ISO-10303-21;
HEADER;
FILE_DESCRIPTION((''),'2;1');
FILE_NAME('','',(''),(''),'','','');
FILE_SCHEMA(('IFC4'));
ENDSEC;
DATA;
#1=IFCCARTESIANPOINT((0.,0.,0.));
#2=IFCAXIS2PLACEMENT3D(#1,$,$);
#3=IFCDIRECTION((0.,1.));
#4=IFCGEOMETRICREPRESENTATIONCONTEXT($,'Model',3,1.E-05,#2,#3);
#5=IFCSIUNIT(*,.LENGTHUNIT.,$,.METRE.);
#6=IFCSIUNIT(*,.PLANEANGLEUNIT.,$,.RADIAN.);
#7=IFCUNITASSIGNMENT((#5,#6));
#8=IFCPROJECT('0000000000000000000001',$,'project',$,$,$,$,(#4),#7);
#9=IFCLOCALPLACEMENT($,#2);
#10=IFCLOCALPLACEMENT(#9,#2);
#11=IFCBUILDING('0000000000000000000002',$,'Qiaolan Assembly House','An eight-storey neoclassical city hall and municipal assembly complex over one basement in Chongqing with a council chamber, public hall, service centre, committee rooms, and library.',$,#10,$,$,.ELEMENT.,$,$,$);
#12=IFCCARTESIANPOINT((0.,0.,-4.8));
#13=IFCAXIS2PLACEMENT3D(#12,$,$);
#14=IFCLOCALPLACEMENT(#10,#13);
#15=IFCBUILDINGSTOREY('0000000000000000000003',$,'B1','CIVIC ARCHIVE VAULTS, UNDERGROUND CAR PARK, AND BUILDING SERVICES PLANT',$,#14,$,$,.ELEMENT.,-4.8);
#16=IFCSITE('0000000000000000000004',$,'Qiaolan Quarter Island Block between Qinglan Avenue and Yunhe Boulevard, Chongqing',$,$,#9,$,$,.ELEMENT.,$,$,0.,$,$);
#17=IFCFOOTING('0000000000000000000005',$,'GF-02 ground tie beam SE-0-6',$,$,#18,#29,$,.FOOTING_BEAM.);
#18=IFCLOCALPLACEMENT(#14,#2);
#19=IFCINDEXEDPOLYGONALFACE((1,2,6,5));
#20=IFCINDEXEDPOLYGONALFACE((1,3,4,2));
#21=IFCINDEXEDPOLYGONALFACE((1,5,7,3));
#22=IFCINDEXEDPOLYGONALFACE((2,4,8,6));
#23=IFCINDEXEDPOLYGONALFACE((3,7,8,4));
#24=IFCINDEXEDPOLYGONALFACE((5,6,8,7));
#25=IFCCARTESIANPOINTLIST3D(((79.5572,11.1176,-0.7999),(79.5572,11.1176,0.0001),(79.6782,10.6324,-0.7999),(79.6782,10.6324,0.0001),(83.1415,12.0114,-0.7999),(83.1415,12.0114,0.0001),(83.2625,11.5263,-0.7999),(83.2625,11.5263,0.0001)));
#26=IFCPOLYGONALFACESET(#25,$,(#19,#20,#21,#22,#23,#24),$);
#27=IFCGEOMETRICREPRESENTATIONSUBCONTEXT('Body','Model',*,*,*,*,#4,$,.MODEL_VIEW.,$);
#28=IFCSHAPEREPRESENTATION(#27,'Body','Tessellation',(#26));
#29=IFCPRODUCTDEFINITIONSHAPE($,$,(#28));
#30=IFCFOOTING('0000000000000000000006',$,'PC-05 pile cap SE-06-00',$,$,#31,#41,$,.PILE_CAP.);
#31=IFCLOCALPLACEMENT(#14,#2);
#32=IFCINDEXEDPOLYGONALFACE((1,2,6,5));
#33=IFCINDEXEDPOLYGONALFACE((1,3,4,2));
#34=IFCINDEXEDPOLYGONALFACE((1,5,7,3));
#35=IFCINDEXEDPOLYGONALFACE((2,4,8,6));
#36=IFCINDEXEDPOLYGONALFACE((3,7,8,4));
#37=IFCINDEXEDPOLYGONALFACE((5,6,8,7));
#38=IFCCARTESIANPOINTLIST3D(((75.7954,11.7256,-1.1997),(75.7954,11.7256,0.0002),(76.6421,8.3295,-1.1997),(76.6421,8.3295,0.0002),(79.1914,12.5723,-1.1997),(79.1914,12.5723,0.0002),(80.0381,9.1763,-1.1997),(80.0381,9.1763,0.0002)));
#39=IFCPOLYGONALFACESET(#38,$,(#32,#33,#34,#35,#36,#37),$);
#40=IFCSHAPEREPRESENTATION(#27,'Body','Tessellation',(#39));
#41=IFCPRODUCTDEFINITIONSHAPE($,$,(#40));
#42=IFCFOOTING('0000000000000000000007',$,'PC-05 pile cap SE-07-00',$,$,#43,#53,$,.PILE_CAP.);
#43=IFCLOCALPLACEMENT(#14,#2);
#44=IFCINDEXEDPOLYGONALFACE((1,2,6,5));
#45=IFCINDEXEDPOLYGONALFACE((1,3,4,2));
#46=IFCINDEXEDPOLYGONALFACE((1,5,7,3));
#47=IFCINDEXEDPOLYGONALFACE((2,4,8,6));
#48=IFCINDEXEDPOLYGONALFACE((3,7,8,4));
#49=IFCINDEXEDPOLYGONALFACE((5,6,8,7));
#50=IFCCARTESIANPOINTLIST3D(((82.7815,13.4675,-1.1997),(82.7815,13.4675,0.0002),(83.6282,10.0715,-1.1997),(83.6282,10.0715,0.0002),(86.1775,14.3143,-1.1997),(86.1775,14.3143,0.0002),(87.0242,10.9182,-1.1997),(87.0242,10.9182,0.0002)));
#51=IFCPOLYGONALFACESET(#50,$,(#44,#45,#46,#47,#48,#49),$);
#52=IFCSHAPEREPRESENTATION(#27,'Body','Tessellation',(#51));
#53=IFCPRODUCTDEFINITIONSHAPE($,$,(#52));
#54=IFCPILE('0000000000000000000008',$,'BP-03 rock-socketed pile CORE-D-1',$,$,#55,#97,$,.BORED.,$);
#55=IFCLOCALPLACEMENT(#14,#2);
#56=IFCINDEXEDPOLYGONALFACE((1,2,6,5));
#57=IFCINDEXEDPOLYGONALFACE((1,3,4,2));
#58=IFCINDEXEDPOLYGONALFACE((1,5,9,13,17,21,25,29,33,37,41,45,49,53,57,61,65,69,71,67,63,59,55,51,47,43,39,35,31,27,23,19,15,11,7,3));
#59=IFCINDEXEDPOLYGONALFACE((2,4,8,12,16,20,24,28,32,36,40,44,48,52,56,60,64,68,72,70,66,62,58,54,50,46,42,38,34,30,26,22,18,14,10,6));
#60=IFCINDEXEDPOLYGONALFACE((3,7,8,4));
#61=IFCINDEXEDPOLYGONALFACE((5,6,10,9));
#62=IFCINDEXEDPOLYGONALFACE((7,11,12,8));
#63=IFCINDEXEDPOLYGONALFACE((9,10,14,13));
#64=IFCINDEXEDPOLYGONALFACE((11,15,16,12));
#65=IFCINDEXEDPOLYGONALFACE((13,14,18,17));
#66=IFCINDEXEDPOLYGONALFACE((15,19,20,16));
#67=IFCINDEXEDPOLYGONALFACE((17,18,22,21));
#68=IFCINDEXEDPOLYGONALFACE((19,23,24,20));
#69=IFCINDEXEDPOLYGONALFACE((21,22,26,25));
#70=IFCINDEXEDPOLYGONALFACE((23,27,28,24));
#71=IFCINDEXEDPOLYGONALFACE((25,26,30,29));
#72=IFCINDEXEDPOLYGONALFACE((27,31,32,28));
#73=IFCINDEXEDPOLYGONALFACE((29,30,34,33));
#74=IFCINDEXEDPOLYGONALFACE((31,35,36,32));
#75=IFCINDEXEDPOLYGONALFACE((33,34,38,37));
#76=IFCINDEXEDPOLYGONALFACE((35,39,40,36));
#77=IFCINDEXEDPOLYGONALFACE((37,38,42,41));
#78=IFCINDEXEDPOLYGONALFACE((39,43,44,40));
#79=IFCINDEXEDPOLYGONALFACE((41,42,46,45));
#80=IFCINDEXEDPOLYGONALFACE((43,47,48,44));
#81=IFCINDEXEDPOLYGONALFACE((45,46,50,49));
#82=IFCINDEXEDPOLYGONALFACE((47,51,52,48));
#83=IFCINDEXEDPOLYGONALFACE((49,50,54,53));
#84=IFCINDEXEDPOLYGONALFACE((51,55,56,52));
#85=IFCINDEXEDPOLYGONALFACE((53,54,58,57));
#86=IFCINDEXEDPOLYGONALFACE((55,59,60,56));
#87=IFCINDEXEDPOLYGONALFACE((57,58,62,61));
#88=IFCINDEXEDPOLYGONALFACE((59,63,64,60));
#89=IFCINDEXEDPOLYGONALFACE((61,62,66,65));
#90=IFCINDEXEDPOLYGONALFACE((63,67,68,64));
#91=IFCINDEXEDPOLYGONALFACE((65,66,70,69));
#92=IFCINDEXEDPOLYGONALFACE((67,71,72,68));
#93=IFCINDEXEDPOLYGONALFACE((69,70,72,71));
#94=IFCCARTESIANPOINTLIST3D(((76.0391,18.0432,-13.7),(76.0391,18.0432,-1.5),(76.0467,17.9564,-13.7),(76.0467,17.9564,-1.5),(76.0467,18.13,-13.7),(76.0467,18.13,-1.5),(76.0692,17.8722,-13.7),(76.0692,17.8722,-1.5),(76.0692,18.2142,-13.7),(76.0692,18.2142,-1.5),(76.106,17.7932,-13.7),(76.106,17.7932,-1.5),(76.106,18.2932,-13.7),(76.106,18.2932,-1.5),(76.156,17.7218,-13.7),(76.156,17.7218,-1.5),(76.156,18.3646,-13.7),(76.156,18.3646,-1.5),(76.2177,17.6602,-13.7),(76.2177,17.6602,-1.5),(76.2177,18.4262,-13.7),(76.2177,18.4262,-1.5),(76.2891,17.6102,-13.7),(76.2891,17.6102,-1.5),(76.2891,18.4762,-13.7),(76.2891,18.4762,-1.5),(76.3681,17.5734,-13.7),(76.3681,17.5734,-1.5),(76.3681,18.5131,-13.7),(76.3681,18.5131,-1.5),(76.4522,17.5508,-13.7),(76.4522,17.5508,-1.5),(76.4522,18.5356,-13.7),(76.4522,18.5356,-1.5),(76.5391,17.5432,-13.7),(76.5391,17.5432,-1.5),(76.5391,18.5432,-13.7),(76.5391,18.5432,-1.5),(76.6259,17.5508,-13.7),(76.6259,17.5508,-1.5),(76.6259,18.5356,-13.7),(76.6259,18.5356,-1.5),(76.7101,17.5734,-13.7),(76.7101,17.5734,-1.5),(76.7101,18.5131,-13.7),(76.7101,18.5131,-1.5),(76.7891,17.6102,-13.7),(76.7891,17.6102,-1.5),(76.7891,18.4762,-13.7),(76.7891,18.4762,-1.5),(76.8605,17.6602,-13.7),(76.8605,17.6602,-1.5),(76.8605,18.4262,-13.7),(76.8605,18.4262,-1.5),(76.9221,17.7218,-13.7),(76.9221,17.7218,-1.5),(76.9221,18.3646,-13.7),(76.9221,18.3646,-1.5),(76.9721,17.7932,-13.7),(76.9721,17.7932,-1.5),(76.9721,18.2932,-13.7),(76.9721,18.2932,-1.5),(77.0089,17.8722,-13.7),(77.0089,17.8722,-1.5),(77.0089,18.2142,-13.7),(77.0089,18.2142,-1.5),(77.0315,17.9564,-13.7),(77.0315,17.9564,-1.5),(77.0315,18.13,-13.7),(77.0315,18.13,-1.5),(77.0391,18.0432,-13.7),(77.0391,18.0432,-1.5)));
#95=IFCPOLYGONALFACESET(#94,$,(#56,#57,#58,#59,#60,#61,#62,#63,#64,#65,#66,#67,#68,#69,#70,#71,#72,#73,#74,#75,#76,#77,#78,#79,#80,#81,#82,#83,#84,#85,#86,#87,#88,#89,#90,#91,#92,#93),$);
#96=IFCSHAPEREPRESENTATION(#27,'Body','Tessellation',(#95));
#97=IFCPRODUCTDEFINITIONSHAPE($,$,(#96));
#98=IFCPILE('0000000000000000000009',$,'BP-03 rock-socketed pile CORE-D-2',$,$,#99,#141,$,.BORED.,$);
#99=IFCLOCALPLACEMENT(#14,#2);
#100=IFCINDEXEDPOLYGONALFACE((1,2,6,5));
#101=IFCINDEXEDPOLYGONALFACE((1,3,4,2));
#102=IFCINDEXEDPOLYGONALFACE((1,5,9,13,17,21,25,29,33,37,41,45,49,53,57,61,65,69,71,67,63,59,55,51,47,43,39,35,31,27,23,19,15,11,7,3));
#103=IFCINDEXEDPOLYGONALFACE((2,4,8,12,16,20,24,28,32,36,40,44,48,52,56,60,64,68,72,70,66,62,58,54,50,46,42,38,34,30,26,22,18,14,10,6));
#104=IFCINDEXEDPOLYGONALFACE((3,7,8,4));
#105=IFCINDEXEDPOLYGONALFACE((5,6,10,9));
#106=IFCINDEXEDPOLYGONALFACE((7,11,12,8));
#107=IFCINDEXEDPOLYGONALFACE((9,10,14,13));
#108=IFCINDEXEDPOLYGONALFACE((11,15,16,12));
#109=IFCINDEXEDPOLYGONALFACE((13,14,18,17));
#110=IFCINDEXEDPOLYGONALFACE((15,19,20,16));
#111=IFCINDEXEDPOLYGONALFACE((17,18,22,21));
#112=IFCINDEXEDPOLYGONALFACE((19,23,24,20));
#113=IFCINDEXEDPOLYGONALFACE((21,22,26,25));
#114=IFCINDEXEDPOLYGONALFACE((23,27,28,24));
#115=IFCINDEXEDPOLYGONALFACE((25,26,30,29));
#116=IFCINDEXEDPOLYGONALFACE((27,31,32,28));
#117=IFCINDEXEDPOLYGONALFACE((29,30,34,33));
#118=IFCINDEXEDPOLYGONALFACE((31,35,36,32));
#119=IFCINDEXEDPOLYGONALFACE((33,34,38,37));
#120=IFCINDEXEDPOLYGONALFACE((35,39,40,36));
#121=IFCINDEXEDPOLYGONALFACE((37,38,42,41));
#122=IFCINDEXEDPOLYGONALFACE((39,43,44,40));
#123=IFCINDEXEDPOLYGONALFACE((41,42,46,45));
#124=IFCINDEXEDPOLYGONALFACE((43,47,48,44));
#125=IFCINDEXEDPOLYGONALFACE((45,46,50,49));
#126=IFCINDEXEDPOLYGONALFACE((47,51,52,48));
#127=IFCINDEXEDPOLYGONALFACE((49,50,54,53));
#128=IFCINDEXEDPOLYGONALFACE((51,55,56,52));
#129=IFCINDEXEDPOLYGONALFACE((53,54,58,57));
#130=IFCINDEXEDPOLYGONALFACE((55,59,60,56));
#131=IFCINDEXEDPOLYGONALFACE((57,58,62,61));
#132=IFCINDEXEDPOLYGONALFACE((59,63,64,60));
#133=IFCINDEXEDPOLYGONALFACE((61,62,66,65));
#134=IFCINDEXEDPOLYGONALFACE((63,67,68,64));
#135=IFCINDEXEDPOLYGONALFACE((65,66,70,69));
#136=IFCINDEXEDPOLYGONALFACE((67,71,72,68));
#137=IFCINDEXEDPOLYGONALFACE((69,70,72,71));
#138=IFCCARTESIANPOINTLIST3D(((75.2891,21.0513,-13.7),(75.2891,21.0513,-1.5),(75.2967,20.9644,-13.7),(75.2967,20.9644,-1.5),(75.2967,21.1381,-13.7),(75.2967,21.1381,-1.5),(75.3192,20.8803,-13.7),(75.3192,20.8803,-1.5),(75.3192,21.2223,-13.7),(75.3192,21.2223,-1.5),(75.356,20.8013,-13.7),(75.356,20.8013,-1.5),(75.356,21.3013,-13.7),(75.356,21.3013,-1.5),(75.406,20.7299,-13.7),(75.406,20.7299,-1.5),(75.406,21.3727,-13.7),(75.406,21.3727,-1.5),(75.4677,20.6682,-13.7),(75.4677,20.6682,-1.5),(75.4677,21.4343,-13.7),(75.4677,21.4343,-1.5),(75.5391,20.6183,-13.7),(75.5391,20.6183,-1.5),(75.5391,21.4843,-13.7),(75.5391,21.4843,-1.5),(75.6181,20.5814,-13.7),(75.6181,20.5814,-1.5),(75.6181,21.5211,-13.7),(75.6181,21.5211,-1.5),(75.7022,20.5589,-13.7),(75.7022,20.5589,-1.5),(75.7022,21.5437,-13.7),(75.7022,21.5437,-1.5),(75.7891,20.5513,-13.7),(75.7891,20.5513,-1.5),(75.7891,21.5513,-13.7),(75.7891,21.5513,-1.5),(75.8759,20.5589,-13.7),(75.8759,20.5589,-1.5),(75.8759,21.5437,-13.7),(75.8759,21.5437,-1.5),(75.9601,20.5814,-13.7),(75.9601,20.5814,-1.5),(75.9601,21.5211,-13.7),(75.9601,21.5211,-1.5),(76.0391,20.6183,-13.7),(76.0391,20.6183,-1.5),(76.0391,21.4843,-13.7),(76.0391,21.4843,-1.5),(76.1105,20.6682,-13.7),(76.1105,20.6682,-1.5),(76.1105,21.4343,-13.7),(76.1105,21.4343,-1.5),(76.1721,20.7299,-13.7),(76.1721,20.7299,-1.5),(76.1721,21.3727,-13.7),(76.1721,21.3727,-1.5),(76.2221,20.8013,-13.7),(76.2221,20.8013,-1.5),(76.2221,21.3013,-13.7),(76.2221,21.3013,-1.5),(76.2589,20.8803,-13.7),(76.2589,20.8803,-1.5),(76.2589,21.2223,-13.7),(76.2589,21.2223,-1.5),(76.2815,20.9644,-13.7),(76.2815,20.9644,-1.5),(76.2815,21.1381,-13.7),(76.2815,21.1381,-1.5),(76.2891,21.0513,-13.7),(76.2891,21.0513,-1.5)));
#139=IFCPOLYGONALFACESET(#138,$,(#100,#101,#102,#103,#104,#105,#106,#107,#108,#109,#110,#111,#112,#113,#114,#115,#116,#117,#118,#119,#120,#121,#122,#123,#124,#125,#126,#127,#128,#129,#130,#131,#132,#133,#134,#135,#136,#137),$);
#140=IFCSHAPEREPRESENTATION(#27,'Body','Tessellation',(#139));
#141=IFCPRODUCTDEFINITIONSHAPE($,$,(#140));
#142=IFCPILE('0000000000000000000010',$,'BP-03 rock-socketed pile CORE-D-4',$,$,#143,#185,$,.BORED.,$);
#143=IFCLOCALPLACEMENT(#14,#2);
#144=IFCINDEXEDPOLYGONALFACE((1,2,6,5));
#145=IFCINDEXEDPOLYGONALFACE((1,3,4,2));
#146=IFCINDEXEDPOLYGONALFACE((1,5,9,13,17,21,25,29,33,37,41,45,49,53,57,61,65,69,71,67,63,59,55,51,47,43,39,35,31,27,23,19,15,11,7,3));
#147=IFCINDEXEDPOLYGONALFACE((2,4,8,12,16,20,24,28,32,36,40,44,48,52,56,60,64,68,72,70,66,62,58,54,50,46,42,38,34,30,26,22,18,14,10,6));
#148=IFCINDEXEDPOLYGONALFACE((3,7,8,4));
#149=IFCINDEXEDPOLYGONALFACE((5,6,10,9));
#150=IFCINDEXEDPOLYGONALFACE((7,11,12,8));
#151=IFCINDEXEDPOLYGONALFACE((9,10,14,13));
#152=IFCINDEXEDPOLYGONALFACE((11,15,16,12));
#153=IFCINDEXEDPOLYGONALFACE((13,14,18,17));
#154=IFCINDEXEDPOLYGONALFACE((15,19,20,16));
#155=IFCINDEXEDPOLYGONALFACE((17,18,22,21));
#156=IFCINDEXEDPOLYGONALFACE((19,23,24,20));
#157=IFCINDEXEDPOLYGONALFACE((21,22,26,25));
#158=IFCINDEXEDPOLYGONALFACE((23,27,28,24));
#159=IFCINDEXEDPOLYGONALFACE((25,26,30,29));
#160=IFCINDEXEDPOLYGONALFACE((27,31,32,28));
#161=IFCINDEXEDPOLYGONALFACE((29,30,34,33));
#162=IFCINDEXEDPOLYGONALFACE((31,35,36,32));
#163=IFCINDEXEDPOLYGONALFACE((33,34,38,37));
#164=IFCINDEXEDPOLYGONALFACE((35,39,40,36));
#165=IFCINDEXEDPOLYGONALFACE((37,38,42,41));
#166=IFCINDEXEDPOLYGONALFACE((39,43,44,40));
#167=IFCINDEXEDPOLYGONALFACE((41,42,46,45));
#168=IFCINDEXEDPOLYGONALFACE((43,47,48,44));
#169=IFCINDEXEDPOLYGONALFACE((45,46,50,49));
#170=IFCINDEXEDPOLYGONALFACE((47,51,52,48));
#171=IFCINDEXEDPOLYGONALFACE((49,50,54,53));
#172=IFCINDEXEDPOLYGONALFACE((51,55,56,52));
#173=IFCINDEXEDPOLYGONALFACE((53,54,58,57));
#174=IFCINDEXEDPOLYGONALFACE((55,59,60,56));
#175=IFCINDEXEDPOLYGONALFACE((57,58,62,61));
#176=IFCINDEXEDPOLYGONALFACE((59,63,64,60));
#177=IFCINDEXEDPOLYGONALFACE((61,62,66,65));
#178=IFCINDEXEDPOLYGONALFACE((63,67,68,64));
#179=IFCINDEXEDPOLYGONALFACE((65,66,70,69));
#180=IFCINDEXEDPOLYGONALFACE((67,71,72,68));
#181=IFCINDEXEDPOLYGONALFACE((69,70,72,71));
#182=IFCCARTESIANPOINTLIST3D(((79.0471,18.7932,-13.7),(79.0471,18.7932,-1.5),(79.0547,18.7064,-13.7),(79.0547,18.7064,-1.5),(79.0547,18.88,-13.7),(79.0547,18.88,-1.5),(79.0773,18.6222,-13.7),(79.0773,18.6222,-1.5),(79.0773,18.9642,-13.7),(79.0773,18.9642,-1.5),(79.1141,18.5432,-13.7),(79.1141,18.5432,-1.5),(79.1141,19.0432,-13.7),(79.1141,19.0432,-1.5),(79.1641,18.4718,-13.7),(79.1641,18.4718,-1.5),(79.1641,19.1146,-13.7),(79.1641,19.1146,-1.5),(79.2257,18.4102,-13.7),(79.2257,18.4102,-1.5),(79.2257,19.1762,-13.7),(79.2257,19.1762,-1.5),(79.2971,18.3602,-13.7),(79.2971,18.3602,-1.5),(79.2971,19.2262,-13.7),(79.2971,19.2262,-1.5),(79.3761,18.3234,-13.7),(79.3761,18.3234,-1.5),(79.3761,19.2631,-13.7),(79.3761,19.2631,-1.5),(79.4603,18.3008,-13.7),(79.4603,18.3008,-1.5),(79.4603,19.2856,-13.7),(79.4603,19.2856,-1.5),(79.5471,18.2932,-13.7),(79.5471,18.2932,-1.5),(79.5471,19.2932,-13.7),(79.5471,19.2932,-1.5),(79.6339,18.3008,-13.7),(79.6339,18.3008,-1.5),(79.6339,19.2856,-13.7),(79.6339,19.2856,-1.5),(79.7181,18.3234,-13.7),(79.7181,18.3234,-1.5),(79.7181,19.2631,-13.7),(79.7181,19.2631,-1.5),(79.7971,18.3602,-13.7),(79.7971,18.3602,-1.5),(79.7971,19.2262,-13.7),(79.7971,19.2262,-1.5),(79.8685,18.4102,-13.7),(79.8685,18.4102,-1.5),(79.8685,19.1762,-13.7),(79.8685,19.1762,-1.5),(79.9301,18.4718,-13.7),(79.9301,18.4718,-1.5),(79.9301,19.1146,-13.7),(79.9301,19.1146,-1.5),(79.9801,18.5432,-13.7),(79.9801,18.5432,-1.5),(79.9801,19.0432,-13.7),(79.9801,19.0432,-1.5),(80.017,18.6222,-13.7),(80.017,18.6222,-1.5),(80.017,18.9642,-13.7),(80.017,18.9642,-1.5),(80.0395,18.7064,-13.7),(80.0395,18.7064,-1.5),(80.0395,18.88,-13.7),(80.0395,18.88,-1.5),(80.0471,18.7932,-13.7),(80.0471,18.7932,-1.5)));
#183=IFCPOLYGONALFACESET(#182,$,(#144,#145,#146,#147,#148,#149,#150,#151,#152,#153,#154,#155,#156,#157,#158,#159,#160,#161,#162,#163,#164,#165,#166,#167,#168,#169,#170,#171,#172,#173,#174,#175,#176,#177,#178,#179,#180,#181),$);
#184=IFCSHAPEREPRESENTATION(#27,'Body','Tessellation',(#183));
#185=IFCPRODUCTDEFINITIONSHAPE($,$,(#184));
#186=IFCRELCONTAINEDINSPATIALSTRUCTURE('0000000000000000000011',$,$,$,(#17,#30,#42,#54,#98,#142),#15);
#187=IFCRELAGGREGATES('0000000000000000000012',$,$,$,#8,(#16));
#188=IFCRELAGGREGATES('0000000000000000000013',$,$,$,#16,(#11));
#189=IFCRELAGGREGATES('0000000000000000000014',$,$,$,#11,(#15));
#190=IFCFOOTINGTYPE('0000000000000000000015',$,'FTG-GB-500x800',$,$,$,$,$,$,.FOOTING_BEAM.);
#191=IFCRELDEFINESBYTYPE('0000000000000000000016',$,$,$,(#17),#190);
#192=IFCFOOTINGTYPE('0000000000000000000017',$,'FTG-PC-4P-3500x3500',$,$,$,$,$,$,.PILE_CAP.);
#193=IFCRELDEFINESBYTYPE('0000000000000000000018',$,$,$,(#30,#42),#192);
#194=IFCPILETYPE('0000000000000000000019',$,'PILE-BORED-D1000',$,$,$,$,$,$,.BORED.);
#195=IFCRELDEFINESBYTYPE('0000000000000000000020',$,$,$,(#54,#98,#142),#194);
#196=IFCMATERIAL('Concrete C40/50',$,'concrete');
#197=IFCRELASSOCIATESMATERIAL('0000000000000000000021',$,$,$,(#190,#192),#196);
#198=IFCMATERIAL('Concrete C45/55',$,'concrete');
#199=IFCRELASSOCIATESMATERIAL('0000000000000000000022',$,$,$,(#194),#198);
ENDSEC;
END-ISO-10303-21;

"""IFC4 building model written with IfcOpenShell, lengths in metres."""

from ifc_helpers import new_model, si_unit, direction, frame, origin, origin_2d, place, context, subcontext, project, spatial, rectangle, circle, extrude, material, material_profile, profile_set, type_object, element, save


model = new_model("IFC4")

# Units and contexts
model_context = context("Model", 3, precision=1e-05, world=origin(), true_north=direction((0.0, 1.0)))
body_context = subcontext(model_context, "Body", "Model", "MODEL_VIEW")
ifc_project = project(units=[si_unit("LENGTHUNIT", "METRE"), si_unit("PLANEANGLEUNIT", "RADIAN")], contexts=[model_context])

# Site, building, storey
site_placement = place(None, origin())
site = spatial("IfcSite", under=ifc_project, at=site_placement, Name="Qiaolan Quarter Island Block between Qinglan Avenue and Yunhe Boulevard, Chongqing", CompositionType="ELEMENT", RefElevation=0.0)
building_placement = place(site_placement, origin())
building = spatial("IfcBuilding", under=site, at=building_placement, Name="Qiaolan Assembly House", Description="An eight-storey neoclassical city hall and municipal assembly complex over one basement in Chongqing with a council chamber, public hall, service centre, committee rooms, and library.", CompositionType="ELEMENT")
storey_placement = place(building_placement, frame((0.0, 0.0, -4.8)))
storey = spatial("IfcBuildingStorey", under=building, at=storey_placement, Name="B1", Description="CIVIC ARCHIVE VAULTS, UNDERGROUND CAR PARK, AND BUILDING SERVICES PLANT", CompositionType="ELEMENT", Elevation=-4.8)

# Footings
ifc_material_1 = material(Name="Concrete C40/50", Category="concrete")
ifc_material_profile_1 = material_profile(ifc_material_1, rectangle(XDim=0.5, YDim=0.8, at=origin_2d()), Name="GF 500x800")
ifc_profile_set_1 = profile_set([ifc_material_profile_1], Name="Concrete C40/50")
footing_type_1 = type_object("IfcFootingType", Name="FTG-GB-500x800", PredefinedType="FOOTING_BEAM", material=ifc_profile_set_1)
footing_placement = place(storey_placement, frame((79.6177, 10.875, -0.3999), z_axis=(0.970286, 0.24196, 0.0), x_axis=(-0.24196, 0.970286, 0.0)))
element("IfcFooting", 1, at=footing_placement, inside=storey, type_object=footing_type_1, Name="GF-02 ground tie beam SE-0-6", PredefinedType="FOOTING_BEAM", context=body_context, shape_type="SweptSolid", body=[
    extrude(rectangle(XDim=0.5, YDim=0.8, at=origin_2d()), origin(), (0.0, 0.0, 1.0), 3.6941),
])
footing_type_2 = type_object("IfcFootingType", Name="FTG-PC-4P-3500x3500", PredefinedType="PILE_CAP", material=ifc_material_1)
for number, where, z_axis, x_axis, name in (
    (2, (77.9167, 10.4509, -1.1997), (0.0, 0.0, 1.0), (0.970296, 0.241922, 0.0), "PC-05 pile cap SE-06-00"),
    (3, (84.9028, 12.1929, -1.1997), (0.0, 0.0, 1.0), (0.970296, 0.241922, 0.0), "PC-05 pile cap SE-07-00"),
):
    element("IfcFooting", number, at=place(storey_placement, frame(where, z_axis=z_axis, x_axis=x_axis)), inside=storey, type_object=footing_type_2, Name=name, PredefinedType="PILE_CAP", context=body_context, shape_type="SweptSolid", body=[
        extrude(rectangle(XDim=3.5, YDim=3.5, at=origin_2d()), origin(), (0.0, 0.0, 1.0), 1.2),
    ])

# Piles
ifc_material_2 = material(Name="Concrete C45/55", Category="concrete")
ifc_material_profile_2 = material_profile(ifc_material_2, circle(Radius=0.5, at=origin_2d()), Name="PILE D1000")
ifc_profile_set_2 = profile_set([ifc_material_profile_2], Name="Concrete C45/55")
pile_type_1 = type_object("IfcPileType", Name="PILE-BORED-D1000", PredefinedType="BORED", material=ifc_profile_set_2)
for number, where, z_axis, x_axis, name in (
    (4, (76.5391, 18.0432, -1.5), (0.0, 0.0, -1.0), (1.0, 0.0, 0.0), "BP-03 rock-socketed pile CORE-D-1"),
    (5, (75.7891, 21.0513, -1.5), (0.0, 0.0, -1.0), (1.0, 0.0, 0.0), "BP-03 rock-socketed pile CORE-D-2"),
    (6, (79.5471, 18.7932, -1.5), (0.0, 0.0, -1.0), (1.0, 0.0, 0.0), "BP-03 rock-socketed pile CORE-D-4"),
):
    element("IfcPile", number, at=place(storey_placement, frame(where, z_axis=z_axis, x_axis=x_axis)), inside=storey, type_object=pile_type_1, Name=name, PredefinedType="BORED", context=body_context, shape_type="SweptSolid", body=[
        extrude(circle(Radius=0.5, at=origin_2d()), origin(), (0.0, 0.0, 1.0), 12.2),
    ])

save(model, "model.ifc")
